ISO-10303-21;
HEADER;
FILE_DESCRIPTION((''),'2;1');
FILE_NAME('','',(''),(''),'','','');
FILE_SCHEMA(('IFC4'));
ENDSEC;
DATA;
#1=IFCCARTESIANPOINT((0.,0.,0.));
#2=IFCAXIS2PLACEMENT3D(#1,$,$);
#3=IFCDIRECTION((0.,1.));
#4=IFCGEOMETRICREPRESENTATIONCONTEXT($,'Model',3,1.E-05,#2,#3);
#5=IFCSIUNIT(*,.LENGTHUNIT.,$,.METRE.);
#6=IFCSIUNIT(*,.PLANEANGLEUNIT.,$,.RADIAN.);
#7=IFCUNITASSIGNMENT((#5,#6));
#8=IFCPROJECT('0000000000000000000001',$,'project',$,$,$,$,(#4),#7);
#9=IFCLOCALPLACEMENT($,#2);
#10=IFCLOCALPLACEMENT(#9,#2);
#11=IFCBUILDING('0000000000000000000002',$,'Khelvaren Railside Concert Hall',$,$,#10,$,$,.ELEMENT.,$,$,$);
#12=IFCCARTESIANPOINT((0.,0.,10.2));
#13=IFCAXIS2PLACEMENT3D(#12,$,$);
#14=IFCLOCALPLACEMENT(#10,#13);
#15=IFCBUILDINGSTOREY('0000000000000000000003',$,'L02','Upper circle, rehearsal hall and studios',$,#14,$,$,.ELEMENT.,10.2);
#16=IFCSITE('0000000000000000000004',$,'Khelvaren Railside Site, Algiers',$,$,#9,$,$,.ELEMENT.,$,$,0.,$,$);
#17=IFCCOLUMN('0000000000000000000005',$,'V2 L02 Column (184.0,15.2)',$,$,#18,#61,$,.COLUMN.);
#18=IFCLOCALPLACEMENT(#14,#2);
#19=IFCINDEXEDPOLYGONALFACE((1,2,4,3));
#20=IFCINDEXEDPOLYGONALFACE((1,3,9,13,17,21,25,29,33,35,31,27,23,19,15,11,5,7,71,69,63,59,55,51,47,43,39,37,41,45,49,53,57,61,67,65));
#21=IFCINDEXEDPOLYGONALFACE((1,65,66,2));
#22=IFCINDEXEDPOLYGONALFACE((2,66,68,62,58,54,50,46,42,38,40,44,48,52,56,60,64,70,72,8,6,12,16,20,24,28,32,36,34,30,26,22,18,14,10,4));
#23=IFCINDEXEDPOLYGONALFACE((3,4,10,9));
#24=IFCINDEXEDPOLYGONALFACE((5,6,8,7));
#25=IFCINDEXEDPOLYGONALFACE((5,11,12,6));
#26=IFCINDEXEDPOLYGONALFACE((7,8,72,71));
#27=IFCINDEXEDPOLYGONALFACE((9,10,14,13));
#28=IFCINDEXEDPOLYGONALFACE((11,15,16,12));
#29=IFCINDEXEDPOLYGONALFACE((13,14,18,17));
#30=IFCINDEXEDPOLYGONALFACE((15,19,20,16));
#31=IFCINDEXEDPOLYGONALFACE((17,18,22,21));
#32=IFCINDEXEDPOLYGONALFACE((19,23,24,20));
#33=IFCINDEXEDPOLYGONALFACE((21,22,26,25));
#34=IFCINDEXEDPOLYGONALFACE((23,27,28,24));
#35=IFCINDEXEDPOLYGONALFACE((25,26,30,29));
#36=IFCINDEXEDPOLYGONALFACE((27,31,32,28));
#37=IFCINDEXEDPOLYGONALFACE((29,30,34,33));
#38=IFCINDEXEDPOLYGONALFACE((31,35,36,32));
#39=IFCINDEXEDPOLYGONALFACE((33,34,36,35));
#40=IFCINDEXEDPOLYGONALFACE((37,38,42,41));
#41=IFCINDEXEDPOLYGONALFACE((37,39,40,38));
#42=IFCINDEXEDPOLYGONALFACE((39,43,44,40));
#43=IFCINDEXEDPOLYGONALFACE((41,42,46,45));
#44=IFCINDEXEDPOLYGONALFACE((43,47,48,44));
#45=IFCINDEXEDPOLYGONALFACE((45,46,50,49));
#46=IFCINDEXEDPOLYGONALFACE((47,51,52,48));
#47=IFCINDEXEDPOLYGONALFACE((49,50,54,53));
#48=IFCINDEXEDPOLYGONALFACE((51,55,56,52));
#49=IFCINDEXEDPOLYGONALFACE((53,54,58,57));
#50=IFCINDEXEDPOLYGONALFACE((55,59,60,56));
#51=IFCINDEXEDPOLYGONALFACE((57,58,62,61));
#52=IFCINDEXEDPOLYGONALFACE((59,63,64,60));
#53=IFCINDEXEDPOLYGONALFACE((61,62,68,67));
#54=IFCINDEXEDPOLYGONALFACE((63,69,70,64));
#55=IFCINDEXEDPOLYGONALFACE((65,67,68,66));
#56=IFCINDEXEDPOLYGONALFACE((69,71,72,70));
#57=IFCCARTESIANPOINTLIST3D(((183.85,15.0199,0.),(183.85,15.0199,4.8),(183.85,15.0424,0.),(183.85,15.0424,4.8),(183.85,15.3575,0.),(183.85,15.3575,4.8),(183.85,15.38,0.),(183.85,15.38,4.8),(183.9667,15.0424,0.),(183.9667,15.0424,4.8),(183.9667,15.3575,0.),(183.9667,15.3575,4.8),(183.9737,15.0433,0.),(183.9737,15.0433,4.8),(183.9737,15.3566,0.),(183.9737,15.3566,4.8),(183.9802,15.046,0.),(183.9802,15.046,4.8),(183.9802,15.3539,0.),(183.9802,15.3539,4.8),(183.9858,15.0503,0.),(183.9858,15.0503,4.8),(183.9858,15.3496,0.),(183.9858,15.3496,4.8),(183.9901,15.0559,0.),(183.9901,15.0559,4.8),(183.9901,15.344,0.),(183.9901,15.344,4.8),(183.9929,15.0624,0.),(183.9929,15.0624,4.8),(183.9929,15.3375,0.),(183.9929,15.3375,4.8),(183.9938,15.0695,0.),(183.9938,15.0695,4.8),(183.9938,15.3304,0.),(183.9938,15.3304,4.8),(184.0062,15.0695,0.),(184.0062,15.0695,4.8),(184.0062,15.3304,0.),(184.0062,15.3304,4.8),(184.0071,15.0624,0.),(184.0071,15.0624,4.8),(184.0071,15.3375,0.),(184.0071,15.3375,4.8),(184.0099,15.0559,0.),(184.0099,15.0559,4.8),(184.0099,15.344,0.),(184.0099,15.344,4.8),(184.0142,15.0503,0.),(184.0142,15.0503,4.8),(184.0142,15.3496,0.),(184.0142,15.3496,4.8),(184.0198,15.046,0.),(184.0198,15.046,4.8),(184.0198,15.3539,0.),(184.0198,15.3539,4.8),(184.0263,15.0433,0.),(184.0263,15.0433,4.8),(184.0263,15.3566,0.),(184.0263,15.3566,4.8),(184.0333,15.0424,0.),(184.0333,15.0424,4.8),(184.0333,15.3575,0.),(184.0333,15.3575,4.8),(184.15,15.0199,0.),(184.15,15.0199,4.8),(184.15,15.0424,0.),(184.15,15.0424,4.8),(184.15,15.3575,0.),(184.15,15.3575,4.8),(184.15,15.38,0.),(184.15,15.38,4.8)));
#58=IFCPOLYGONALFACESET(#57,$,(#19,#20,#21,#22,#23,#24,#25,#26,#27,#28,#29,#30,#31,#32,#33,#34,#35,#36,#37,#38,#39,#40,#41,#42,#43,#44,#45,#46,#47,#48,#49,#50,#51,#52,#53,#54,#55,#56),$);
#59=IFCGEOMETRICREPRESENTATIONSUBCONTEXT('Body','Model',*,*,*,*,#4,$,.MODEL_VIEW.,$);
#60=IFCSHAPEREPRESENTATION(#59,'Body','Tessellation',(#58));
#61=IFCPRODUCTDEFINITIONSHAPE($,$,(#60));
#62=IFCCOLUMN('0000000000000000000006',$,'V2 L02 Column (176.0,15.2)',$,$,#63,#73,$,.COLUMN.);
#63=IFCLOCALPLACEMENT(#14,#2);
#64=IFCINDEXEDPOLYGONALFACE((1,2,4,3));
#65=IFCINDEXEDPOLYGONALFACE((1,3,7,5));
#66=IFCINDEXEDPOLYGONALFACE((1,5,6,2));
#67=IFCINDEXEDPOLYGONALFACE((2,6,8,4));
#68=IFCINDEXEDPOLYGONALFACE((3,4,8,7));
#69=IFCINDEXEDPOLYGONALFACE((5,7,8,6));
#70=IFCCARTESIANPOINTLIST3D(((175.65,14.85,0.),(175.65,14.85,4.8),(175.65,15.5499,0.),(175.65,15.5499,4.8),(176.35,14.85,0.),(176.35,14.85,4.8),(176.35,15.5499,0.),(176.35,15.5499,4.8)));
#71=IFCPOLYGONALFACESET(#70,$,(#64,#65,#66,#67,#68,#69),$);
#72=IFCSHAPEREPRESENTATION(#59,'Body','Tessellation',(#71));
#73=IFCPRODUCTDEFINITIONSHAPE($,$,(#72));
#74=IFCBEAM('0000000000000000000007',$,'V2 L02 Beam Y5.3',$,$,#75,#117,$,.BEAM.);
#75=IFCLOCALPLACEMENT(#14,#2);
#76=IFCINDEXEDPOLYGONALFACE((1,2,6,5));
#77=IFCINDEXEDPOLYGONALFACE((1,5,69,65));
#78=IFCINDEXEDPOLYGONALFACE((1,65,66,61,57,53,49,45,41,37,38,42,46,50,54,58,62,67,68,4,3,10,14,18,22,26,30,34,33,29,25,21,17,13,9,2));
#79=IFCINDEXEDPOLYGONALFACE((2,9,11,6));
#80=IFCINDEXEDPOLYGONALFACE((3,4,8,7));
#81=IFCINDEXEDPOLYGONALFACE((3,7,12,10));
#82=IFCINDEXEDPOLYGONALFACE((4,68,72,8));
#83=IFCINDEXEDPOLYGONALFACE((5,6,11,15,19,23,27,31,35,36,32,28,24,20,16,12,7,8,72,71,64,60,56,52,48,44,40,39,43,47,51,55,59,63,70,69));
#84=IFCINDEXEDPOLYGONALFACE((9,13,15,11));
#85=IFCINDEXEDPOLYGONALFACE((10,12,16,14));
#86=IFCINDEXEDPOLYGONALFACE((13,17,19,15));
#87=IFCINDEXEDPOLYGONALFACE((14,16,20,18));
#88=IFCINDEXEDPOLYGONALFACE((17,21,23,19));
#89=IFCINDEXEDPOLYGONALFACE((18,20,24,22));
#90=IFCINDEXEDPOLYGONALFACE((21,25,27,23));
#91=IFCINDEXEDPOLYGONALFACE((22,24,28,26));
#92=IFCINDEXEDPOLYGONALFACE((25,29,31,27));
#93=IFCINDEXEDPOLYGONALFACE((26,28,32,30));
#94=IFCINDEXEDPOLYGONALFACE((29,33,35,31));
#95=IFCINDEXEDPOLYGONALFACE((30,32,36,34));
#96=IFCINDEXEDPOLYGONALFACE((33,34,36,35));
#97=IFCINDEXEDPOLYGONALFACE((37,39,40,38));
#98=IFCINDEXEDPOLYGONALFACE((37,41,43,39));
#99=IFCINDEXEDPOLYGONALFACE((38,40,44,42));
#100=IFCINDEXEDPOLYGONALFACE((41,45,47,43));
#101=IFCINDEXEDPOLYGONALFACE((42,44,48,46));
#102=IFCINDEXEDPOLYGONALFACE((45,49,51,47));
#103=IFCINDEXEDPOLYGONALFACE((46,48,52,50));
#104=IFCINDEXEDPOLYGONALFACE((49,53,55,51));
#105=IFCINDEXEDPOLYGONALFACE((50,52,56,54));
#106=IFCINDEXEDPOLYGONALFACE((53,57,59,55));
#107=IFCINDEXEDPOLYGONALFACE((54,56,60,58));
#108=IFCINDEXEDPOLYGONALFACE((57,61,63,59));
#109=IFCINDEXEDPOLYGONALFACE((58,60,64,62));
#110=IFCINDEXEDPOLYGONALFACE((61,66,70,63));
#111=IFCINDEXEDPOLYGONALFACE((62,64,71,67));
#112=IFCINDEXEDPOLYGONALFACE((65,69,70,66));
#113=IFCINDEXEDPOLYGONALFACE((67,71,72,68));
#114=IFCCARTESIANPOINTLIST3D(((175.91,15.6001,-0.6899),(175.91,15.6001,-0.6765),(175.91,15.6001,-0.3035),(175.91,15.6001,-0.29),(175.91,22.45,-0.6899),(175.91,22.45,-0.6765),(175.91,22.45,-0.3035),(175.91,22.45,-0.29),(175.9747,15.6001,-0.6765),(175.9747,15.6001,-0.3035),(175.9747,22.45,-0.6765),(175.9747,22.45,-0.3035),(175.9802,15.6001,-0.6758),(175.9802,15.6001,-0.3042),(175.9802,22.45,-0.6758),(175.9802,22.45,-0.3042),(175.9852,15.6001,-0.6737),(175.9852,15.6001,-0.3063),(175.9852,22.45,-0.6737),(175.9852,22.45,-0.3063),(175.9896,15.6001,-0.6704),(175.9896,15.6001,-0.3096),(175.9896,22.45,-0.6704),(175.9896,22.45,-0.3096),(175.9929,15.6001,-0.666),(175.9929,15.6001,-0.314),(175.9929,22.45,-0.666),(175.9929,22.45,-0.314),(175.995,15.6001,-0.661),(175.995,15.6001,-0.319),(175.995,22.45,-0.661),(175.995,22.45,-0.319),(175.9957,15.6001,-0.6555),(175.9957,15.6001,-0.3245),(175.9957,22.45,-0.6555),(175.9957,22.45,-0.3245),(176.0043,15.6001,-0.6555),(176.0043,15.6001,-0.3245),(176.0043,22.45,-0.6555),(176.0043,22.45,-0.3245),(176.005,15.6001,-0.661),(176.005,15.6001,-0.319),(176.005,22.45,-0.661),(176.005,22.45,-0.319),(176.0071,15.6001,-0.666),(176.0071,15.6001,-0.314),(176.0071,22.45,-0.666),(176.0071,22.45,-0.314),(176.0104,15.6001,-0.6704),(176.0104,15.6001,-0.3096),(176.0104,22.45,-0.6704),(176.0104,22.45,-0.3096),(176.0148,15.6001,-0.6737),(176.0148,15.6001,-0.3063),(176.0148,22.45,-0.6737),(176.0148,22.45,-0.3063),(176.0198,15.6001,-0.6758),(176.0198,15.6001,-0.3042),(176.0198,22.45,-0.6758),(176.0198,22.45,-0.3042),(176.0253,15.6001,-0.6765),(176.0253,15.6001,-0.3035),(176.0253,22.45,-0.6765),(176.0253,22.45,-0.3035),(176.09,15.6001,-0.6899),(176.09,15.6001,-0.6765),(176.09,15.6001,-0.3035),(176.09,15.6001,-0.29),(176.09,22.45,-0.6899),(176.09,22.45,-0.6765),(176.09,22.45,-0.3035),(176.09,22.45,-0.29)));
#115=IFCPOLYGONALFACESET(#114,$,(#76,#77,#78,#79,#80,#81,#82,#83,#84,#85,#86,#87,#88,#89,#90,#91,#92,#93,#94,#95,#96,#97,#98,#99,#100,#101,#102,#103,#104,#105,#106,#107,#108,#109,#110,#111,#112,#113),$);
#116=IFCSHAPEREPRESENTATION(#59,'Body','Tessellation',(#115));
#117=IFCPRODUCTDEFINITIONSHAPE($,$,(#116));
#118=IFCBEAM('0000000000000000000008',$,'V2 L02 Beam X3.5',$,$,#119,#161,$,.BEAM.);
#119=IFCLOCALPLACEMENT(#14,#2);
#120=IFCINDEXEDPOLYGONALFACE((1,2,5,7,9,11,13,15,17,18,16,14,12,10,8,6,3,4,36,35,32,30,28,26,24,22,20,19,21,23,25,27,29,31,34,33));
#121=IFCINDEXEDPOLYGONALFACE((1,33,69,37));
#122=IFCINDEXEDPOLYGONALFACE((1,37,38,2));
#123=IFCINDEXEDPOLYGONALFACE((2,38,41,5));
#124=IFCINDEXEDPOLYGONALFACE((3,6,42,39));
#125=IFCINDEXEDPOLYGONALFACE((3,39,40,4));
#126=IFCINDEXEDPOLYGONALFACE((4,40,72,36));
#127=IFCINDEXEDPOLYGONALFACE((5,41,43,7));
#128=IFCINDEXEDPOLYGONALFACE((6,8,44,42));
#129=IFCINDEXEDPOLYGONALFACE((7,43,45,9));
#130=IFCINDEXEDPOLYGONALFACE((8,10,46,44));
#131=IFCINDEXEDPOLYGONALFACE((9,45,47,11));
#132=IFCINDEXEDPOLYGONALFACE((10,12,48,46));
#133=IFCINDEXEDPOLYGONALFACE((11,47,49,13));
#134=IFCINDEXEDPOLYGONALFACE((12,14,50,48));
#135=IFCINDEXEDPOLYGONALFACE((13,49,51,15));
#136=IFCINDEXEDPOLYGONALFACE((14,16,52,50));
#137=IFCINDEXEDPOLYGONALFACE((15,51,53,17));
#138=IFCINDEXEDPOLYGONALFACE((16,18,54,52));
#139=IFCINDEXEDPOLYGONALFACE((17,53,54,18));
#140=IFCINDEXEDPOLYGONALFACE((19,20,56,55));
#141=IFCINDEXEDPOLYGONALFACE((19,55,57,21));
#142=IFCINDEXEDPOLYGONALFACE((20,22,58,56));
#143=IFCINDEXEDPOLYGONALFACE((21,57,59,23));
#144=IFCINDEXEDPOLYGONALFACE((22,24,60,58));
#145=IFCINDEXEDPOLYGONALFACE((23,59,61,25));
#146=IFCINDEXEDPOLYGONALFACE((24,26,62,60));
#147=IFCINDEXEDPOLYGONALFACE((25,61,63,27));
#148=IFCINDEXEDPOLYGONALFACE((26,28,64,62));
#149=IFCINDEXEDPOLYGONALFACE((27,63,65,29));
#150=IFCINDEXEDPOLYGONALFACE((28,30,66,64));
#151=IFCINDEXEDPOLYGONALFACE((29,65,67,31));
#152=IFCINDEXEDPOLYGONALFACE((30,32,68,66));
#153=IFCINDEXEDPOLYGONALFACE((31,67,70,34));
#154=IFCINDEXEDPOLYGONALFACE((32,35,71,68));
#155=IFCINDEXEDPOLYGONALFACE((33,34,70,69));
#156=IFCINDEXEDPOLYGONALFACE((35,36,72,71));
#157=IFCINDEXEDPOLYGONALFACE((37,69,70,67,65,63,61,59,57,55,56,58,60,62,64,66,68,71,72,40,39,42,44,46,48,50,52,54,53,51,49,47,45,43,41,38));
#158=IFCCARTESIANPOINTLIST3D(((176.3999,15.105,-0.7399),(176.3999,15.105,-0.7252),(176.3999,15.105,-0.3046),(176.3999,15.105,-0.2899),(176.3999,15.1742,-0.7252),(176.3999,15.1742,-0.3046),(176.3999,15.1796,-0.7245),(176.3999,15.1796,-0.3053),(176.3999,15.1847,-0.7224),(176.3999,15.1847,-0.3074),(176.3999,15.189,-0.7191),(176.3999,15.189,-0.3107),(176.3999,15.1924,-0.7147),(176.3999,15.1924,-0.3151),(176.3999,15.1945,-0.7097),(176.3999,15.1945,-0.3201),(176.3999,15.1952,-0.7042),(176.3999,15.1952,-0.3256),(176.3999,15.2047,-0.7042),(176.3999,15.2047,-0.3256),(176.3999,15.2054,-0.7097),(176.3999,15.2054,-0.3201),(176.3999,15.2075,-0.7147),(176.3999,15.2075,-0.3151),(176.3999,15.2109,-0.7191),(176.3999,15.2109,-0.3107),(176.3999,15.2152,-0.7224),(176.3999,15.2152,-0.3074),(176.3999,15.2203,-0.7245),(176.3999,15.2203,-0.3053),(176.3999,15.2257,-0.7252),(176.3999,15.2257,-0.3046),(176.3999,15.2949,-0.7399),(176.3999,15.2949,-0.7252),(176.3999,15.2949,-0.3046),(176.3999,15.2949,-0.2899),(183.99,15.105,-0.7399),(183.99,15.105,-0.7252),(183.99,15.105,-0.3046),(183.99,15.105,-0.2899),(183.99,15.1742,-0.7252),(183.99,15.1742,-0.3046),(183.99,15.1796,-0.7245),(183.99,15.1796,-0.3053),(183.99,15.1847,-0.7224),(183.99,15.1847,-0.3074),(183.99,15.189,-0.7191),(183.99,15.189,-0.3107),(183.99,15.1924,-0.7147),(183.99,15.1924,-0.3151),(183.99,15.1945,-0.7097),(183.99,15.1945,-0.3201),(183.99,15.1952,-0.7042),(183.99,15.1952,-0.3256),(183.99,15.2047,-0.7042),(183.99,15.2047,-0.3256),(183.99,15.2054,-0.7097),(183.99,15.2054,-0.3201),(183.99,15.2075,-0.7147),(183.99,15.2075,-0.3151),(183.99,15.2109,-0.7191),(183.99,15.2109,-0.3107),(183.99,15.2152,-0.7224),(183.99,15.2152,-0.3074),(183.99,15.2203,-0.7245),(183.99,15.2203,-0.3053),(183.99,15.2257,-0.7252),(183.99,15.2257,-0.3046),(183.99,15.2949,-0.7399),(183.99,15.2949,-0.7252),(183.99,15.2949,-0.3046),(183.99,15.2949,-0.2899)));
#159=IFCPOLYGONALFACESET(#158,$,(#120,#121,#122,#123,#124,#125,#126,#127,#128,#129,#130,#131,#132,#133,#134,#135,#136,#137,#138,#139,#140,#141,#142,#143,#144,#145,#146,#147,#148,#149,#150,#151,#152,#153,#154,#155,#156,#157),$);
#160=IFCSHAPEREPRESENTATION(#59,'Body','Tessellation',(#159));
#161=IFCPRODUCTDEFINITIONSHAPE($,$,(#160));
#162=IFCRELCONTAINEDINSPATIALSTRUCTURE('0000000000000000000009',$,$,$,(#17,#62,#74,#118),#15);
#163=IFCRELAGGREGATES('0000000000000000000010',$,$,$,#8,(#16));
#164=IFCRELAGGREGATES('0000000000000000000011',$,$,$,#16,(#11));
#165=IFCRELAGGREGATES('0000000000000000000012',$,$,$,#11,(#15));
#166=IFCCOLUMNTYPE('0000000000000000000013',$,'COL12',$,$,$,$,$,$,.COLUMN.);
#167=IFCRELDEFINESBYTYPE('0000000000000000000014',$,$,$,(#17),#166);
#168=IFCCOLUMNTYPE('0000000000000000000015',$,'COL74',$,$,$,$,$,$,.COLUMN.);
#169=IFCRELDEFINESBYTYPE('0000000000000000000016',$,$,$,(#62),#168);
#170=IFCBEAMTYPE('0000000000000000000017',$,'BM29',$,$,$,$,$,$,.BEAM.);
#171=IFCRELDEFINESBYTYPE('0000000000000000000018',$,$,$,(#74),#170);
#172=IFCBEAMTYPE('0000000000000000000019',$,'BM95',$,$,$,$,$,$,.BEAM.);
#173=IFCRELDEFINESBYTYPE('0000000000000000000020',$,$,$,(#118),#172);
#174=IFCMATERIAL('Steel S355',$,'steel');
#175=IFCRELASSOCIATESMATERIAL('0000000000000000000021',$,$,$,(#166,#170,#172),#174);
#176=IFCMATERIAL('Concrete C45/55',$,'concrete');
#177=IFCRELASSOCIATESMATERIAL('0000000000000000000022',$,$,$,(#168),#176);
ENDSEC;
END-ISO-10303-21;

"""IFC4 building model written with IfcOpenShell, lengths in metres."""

from ifc_helpers import new_model, si_unit, direction, frame, origin, origin_2d, place, context, subcontext, project, spatial, rectangle, i_section, extrude, material, material_profile, profile_set, type_object, element, save


model = new_model("IFC4")

# Units and contexts
model_context = context("Model", 3, precision=1e-05, world=origin(), true_north=direction((0.0, 1.0)))
body_context = subcontext(model_context, "Body", "Model", "MODEL_VIEW")
ifc_project = project(units=[si_unit("LENGTHUNIT", "METRE"), si_unit("PLANEANGLEUNIT", "RADIAN")], contexts=[model_context])

# Site, building, storey
site_placement = place(None, origin())
site = spatial("IfcSite", under=ifc_project, at=site_placement, Name="Khelvaren Railside Site, Algiers", CompositionType="ELEMENT", RefElevation=0.0)
building_placement = place(site_placement, origin())
building = spatial("IfcBuilding", under=site, at=building_placement, Name="Khelvaren Railside Concert Hall", CompositionType="ELEMENT")
storey_placement = place(building_placement, frame((0.0, 0.0, 10.2)))
storey = spatial("IfcBuildingStorey", under=building, at=storey_placement, Name="L02", Description="Upper circle, rehearsal hall and studios", CompositionType="ELEMENT", Elevation=10.2)

# Columns
ifc_material_1 = material(Name="Steel S355", Category="steel")
ifc_material_profile_1 = material_profile(ifc_material_1, i_section(OverallWidth=0.3, OverallDepth=0.3601, WebThickness=0.0125, FlangeThickness=0.0225, FilletRadius=0.0271, at=origin_2d()), Name="HEB 360")
ifc_profile_set_1 = profile_set([ifc_material_profile_1], Name="Steel S355")
column_type_1 = type_object("IfcColumnType", Name="COL12", PredefinedType="COLUMN", material=ifc_profile_set_1)
column_1_placement = place(storey_placement, frame((184.0, 15.2, 0.0), z_axis=(0.0, 0.0, 1.0), x_axis=(1.0, 0.0, 0.0)))
element("IfcColumn", 1, at=column_1_placement, inside=storey, type_object=column_type_1, Name="V2 L02 Column (184.0,15.2)", PredefinedType="COLUMN", context=body_context, shape_type="SweptSolid", body=[
    extrude(i_section(OverallWidth=0.3, OverallDepth=0.3601, WebThickness=0.0125, FlangeThickness=0.0225, FilletRadius=0.0271, at=origin_2d()), origin(), (0.0, 0.0, 1.0), 4.8),
])
ifc_material_2 = material(Name="Concrete C45/55", Category="concrete")
ifc_material_profile_2 = material_profile(ifc_material_2, rectangle(XDim=0.7, YDim=0.7, at=origin_2d()), Name="RC 700x700")
ifc_profile_set_2 = profile_set([ifc_material_profile_2], Name="Concrete C45/55")
column_type_2 = type_object("IfcColumnType", Name="COL74", PredefinedType="COLUMN", material=ifc_profile_set_2)
column_2_placement = place(storey_placement, frame((176.0, 15.2, 0.0), z_axis=(0.0, 0.0, 1.0), x_axis=(1.0, 0.0, 0.0)))
element("IfcColumn", 2, at=column_2_placement, inside=storey, type_object=column_type_2, Name="V2 L02 Column (176.0,15.2)", PredefinedType="COLUMN", context=body_context, shape_type="SweptSolid", body=[
    extrude(rectangle(XDim=0.7, YDim=0.7, at=origin_2d()), origin(), (0.0, 0.0, 1.0), 4.8),
])

# Beams
ifc_material_profile_3 = material_profile(ifc_material_1, i_section(OverallWidth=0.1799, OverallDepth=0.3999, WebThickness=0.0085, FlangeThickness=0.0134, FilletRadius=0.021, at=origin_2d()), Name="IPE 400")
ifc_profile_set_3 = profile_set([ifc_material_profile_3], Name="Steel S355")
beam_type_1 = type_object("IfcBeamType", Name="BM29", PredefinedType="BEAM", material=ifc_profile_set_3)
beam_1_placement = place(storey_placement, frame((176.0, 15.6001, -0.49), z_axis=(0.0, 1.0, 0.0), x_axis=(-1.0, 0.0, 0.0)))
element("IfcBeam", 3, at=beam_1_placement, inside=storey, type_object=beam_type_1, Name="V2 L02 Beam Y5.3", PredefinedType="BEAM", context=body_context, shape_type="SweptSolid", body=[
    extrude(i_section(OverallWidth=0.1799, OverallDepth=0.3999, WebThickness=0.0085, FlangeThickness=0.0134, FilletRadius=0.021, at=origin_2d()), origin(), (0.0, 0.0, 1.0), 6.8499),
])
ifc_material_profile_4 = material_profile(ifc_material_1, i_section(OverallWidth=0.1899, OverallDepth=0.45, WebThickness=0.0095, FlangeThickness=0.0146, FilletRadius=0.021, at=origin_2d()), Name="IPE 450")
ifc_profile_set_4 = profile_set([ifc_material_profile_4], Name="Steel S355")
beam_type_2 = type_object("IfcBeamType", Name="BM95", PredefinedType="BEAM", material=ifc_profile_set_4)
beam_2_placement = place(storey_placement, frame((176.3999, 15.2, -0.5149), z_axis=(1.0, 0.0, 0.0), x_axis=(0.0, 1.0, 0.0)))
element("IfcBeam", 4, at=beam_2_placement, inside=storey, type_object=beam_type_2, Name="V2 L02 Beam X3.5", PredefinedType="BEAM", context=body_context, shape_type="SweptSolid", body=[
    extrude(i_section(OverallWidth=0.1899, OverallDepth=0.45, WebThickness=0.0095, FlangeThickness=0.0146, FilletRadius=0.021, at=origin_2d()), origin(), (0.0, 0.0, 1.0), 7.5901),
])

save(model, "model.ifc")
